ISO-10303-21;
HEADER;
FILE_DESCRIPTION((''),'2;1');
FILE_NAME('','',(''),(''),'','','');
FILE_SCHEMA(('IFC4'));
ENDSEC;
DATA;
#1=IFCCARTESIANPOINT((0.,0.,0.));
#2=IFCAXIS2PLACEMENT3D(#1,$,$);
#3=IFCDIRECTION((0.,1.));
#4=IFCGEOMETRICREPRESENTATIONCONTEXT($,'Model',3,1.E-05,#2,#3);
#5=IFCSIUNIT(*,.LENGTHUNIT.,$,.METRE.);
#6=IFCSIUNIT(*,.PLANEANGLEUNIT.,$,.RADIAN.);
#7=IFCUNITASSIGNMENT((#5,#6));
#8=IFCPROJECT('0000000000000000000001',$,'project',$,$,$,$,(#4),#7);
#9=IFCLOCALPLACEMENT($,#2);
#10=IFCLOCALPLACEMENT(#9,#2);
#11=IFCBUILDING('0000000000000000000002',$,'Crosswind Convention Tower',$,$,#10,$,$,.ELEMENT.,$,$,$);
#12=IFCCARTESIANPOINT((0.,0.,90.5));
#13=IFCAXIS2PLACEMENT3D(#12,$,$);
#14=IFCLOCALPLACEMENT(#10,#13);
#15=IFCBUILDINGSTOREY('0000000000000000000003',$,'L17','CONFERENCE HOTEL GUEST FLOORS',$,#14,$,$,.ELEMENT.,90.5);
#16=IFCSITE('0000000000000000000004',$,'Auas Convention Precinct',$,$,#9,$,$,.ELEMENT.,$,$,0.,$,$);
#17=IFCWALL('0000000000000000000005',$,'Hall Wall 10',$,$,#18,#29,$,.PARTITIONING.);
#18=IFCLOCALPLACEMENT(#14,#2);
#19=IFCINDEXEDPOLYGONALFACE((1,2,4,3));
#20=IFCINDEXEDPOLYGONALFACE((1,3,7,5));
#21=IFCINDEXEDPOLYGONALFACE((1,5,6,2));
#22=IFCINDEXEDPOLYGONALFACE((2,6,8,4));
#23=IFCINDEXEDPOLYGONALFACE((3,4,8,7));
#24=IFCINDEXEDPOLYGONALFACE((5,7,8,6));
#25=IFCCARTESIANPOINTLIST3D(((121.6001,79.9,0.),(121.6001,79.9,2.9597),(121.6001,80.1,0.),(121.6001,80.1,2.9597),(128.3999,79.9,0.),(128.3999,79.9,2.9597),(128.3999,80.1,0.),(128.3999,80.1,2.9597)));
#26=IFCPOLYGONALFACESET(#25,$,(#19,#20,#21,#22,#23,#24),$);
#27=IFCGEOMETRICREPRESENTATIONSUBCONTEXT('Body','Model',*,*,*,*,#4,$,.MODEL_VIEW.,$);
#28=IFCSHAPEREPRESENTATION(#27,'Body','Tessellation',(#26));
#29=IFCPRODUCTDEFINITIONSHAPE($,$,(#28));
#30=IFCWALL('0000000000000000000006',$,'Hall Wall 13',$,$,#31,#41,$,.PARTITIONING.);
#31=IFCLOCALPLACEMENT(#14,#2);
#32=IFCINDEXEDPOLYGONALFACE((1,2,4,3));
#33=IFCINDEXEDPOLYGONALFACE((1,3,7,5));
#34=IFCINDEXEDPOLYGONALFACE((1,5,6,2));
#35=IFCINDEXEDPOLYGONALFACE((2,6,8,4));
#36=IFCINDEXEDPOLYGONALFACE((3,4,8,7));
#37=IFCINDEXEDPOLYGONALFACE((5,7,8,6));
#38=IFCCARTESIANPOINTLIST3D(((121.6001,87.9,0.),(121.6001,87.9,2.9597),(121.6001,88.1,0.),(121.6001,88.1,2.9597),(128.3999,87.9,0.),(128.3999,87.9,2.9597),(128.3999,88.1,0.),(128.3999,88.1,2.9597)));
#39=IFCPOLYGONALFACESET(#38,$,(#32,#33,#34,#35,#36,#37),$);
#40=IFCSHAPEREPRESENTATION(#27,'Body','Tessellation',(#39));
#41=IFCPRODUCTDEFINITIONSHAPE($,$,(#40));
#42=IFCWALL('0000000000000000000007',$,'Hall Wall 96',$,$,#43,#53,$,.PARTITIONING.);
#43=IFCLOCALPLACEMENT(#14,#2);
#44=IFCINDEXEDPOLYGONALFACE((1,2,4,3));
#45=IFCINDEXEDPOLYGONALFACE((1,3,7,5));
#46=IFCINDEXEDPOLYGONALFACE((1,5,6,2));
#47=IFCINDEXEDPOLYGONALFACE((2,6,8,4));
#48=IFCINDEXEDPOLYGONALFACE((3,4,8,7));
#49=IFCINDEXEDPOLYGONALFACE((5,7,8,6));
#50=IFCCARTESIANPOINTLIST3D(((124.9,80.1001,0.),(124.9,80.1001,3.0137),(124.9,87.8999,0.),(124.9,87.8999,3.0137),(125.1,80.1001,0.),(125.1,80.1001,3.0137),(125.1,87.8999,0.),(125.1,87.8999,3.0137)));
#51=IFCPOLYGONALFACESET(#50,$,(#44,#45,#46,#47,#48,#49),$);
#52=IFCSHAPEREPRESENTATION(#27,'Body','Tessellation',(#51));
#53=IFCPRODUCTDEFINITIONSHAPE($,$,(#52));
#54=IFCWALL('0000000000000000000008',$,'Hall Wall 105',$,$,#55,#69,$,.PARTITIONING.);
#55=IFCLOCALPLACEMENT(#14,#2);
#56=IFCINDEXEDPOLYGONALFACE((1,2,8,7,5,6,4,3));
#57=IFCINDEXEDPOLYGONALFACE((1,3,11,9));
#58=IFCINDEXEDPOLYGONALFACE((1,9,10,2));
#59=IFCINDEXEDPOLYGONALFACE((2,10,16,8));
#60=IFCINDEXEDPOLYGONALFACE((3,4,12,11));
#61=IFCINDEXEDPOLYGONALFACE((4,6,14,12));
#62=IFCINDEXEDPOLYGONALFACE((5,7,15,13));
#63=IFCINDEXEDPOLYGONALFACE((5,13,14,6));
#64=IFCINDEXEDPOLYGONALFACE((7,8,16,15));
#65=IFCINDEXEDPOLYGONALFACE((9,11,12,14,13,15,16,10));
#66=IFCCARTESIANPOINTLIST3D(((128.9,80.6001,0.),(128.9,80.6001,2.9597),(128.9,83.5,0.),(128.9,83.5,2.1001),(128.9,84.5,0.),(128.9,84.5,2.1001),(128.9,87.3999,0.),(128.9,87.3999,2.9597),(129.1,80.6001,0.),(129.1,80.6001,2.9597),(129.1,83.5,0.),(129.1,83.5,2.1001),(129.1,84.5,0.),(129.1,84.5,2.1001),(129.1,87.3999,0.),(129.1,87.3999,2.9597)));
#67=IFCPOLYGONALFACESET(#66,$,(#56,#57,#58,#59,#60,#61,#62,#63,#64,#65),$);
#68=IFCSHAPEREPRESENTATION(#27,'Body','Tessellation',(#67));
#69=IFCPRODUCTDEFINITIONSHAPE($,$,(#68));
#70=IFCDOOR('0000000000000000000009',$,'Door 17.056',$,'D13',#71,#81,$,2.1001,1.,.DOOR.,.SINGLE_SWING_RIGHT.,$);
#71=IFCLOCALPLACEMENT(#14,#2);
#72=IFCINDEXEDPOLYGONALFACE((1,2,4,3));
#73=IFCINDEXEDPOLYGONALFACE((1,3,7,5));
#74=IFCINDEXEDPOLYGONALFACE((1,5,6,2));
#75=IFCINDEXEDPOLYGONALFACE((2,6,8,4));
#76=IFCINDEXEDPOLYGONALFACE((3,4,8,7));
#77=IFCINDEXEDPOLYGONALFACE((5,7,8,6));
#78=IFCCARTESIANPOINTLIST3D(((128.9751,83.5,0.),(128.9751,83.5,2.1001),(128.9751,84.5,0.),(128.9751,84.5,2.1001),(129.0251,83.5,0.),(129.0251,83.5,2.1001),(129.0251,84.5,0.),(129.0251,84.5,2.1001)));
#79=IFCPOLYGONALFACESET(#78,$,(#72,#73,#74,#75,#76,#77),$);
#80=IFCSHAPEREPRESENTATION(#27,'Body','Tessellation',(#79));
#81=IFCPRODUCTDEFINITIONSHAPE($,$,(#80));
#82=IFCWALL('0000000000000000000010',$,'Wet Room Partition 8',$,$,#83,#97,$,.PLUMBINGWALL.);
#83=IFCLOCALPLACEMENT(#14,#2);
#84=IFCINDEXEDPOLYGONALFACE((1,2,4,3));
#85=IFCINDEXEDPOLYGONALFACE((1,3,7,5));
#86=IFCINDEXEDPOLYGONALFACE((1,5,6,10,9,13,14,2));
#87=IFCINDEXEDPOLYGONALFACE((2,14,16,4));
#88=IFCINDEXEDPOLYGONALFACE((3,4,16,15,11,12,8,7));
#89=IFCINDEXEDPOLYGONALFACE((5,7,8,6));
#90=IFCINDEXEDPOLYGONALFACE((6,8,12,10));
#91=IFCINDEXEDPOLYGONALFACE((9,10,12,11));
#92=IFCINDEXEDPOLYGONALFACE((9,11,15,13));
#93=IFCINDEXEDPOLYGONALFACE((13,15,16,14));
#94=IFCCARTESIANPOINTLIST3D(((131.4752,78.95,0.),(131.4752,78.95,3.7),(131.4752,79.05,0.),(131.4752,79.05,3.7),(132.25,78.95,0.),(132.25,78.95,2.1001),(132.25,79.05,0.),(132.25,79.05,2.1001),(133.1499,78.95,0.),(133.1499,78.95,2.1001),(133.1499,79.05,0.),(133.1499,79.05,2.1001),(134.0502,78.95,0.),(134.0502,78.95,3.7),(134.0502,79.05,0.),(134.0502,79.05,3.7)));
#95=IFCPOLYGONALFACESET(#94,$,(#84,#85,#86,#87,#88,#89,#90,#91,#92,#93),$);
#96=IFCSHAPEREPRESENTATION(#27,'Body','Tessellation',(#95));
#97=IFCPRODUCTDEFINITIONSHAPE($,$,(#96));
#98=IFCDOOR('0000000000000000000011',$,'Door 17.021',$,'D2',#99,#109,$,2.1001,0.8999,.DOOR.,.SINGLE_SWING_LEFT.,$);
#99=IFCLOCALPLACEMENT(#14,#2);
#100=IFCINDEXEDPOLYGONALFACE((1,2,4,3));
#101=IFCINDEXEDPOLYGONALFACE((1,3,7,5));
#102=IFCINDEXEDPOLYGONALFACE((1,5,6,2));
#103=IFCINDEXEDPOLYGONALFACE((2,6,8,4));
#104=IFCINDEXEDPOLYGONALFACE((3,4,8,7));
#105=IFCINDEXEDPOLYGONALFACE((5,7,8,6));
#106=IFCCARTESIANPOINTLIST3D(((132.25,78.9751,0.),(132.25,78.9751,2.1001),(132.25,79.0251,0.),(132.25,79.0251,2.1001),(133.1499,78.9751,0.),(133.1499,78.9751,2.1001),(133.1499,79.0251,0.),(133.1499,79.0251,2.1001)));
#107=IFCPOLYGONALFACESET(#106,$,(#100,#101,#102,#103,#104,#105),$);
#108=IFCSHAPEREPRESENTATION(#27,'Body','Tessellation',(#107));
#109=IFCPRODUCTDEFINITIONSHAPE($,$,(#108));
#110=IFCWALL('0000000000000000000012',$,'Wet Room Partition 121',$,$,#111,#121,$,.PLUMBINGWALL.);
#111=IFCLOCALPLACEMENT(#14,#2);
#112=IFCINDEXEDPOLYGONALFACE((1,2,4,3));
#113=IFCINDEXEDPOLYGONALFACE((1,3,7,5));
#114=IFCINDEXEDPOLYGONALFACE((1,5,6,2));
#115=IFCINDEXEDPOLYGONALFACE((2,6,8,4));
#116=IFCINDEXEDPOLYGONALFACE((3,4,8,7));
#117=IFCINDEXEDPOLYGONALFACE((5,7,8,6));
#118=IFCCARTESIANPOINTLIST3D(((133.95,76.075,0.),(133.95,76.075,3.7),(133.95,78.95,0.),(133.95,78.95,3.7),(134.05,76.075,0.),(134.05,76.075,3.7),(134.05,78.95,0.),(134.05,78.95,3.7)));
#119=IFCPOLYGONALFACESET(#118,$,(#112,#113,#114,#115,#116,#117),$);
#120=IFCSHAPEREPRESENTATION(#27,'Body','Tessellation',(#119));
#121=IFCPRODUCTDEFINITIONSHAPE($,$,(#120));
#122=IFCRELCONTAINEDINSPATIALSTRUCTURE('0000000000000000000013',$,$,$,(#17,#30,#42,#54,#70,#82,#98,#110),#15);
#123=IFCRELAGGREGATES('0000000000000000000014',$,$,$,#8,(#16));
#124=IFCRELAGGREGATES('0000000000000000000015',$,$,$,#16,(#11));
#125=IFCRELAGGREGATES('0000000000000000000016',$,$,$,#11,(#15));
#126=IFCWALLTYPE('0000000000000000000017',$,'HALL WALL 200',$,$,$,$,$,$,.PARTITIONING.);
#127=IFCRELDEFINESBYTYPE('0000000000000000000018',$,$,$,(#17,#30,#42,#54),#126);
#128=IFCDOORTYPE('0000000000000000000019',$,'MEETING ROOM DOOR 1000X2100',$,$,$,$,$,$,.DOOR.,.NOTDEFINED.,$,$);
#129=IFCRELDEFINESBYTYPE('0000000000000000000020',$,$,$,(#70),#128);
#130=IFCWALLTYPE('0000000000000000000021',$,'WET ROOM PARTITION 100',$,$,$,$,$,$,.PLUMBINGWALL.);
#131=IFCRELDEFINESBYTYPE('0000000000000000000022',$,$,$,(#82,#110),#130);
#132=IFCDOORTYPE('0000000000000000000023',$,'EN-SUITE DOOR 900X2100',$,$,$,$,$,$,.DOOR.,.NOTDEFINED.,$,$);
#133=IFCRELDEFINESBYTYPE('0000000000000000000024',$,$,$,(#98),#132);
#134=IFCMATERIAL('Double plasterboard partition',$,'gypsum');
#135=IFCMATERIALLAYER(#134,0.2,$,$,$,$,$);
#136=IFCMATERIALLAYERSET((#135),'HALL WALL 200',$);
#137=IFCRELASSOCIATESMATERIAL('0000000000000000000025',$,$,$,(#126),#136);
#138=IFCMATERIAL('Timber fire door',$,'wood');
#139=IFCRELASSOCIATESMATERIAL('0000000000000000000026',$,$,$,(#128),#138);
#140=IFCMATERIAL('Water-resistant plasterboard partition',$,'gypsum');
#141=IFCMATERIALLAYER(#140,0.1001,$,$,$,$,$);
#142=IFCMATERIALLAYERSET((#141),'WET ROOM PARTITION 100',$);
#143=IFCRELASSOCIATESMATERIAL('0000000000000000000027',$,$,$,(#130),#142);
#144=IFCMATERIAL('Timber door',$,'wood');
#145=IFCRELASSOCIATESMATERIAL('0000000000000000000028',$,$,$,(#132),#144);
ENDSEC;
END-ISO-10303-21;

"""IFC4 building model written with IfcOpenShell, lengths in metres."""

from ifc_helpers import new_model, si_unit, direction, frame, frame_2d, origin, place, context, subcontext, project, spatial, rectangle, extrude, material, layer, layer_set, type_object, element, fill, save


model = new_model("IFC4")

# Units and contexts
model_context = context("Model", 3, precision=1e-05, world=origin(), true_north=direction((0.0, 1.0)))
body_context = subcontext(model_context, "Body", "Model", "MODEL_VIEW")
ifc_project = project(units=[si_unit("LENGTHUNIT", "METRE"), si_unit("PLANEANGLEUNIT", "RADIAN")], contexts=[model_context])

# Site, building, storey
site_placement = place(None, origin())
site = spatial("IfcSite", under=ifc_project, at=site_placement, Name="Auas Convention Precinct", CompositionType="ELEMENT", RefElevation=0.0)
building_placement = place(site_placement, origin())
building = spatial("IfcBuilding", under=site, at=building_placement, Name="Crosswind Convention Tower", CompositionType="ELEMENT")
storey_placement = place(building_placement, frame((0.0, 0.0, 90.5)))
storey = spatial("IfcBuildingStorey", under=building, at=storey_placement, Name="L17", Description="CONFERENCE HOTEL GUEST FLOORS", CompositionType="ELEMENT", Elevation=90.5)

# Walls
ifc_material_1 = material(Name="Double plasterboard partition", Category="gypsum")
ifc_layer_1 = layer(ifc_material_1, 0.2)
ifc_layer_set_1 = layer_set([ifc_layer_1], Name="HALL WALL 200")
wall_type_1 = type_object("IfcWallType", Name="HALL WALL 200", PredefinedType="PARTITIONING", material=ifc_layer_set_1)
for number, where, z_axis, x_axis, name in (
    (1, (121.6001, 80.0, 0.0), (0.0, 0.0, 1.0), (1.0, 0.0, 0.0), "Hall Wall 10"),
    (2, (121.6001, 88.0, 0.0), (0.0, 0.0, 1.0), (1.0, 0.0, 0.0), "Hall Wall 13"),
):
    element("IfcWall", number, at=place(storey_placement, frame(where, z_axis=z_axis, x_axis=x_axis)), inside=storey, type_object=wall_type_1, Name=name, PredefinedType="PARTITIONING", context=body_context, shape_type="SweptSolid", body=[
        extrude(rectangle(XDim=6.7998, YDim=0.2, at=frame_2d((3.3999, 0.0))), origin(), (0.0, 0.0, 1.0), 2.9597),
    ])
wall_1_placement = place(storey_placement, frame((125.0, 80.1001, 0.0), z_axis=(0.0, 0.0, 1.0), x_axis=(0.0, 1.0, 0.0)))
element("IfcWall", 3, at=wall_1_placement, inside=storey, type_object=wall_type_1, Name="Hall Wall 96", PredefinedType="PARTITIONING", context=body_context, shape_type="SweptSolid", body=[
    extrude(rectangle(XDim=7.7998, YDim=0.2, at=frame_2d((3.8999, 0.0))), origin(), (0.0, 0.0, 1.0), 3.0137),
])

# Walls, openings, doors
wall_2_placement = place(storey_placement, frame((129.0, 80.6001, 0.0), z_axis=(0.0, 0.0, 1.0), x_axis=(0.0, 1.0, 0.0)))
wall_2 = element("IfcWall", 4, at=wall_2_placement, inside=storey, type_object=wall_type_1, Name="Hall Wall 105", PredefinedType="PARTITIONING", context=body_context, shape_type="SweptSolid", body=[
    extrude(rectangle(XDim=6.7998, YDim=0.2, at=frame_2d((3.3999, 0.0))), origin(), (0.0, 0.0, 1.0), 2.9597),
])
opening_1_placement = place(wall_2_placement, frame((2.8999, 0.0, 0.0)))
opening_1 = element("IfcOpeningElement", 5, at=opening_1_placement, cuts=wall_2, PredefinedType="OPENING", context=body_context, shape_type="SweptSolid", body=[
    extrude(rectangle(XDim=1.0, YDim=2.1001, at=frame_2d((0.5, 1.05))), frame((0.0, 0.1099, 0.0), z_axis=(0.0, -1.0, 0.0), x_axis=(1.0, 0.0, 0.0)), (0.0, 0.0, 1.0), 0.22),
])
ifc_material_2 = material(Name="Timber fire door", Category="wood")
door_type_1 = type_object("IfcDoorType", Name="MEETING ROOM DOOR 1000X2100", OperationType="NOTDEFINED", PredefinedType="DOOR", material=ifc_material_2)
door_1_placement = place(opening_1_placement, origin())
door_1 = element("IfcDoor", 6, at=door_1_placement, inside=storey, type_object=door_type_1, Name="Door 17.056", ObjectType="D13", OperationType="SINGLE_SWING_RIGHT", OverallHeight=2.1001, OverallWidth=1.0, PredefinedType="DOOR", context=body_context, shape_type="SweptSolid", body=[
    extrude(rectangle(XDim=1.0, YDim=2.1001, at=frame_2d((0.5, 1.05))), frame((0.0, 0.0249, 0.0), z_axis=(0.0, -1.0, 0.0), x_axis=(1.0, 0.0, 0.0)), (0.0, 0.0, 1.0), 0.05),
])
fill(opening_1, door_1)
ifc_material_3 = material(Name="Water-resistant plasterboard partition", Category="gypsum")
ifc_layer_2 = layer(ifc_material_3, 0.1001)
ifc_layer_set_2 = layer_set([ifc_layer_2], Name="WET ROOM PARTITION 100")
wall_type_2 = type_object("IfcWallType", Name="WET ROOM PARTITION 100", PredefinedType="PLUMBINGWALL", material=ifc_layer_set_2)
wall_3_placement = place(storey_placement, frame((131.4751, 79.0, 0.0), z_axis=(0.0, 0.0, 1.0), x_axis=(1.0, 0.0, 0.0)))
wall_3 = element("IfcWall", 7, at=wall_3_placement, inside=storey, type_object=wall_type_2, Name="Wet Room Partition 8", PredefinedType="PLUMBINGWALL", context=body_context, shape_type="SweptSolid", body=[
    extrude(rectangle(XDim=2.575, YDim=0.1001, at=frame_2d((1.2876, 0.0))), origin(), (0.0, 0.0, 1.0), 3.7),
])
opening_2_placement = place(wall_3_placement, frame((0.7749, 0.0, 0.0)))
opening_2 = element("IfcOpeningElement", 8, at=opening_2_placement, cuts=wall_3, PredefinedType="OPENING", context=body_context, shape_type="SweptSolid", body=[
    extrude(rectangle(XDim=0.8999, YDim=2.1001, at=frame_2d((0.45, 1.05))), frame((0.0, 0.0601, 0.0), z_axis=(0.0, -1.0, 0.0), x_axis=(1.0, 0.0, 0.0)), (0.0, 0.0, 1.0), 0.1201),
])
ifc_material_4 = material(Name="Timber door", Category="wood")
door_type_2 = type_object("IfcDoorType", Name="EN-SUITE DOOR 900X2100", OperationType="NOTDEFINED", PredefinedType="DOOR", material=ifc_material_4)
door_2_placement = place(opening_2_placement, frame((0.8999, 0.0, 0.0), z_axis=(0.0, 0.0, 1.0), x_axis=(-1.0, 0.0, 0.0)))
door_2 = element("IfcDoor", 9, at=door_2_placement, inside=storey, type_object=door_type_2, Name="Door 17.021", ObjectType="D2", OperationType="SINGLE_SWING_LEFT", OverallHeight=2.1001, OverallWidth=0.8999, PredefinedType="DOOR", context=body_context, shape_type="SweptSolid", body=[
    extrude(rectangle(XDim=0.8999, YDim=2.1001, at=frame_2d((0.45, 1.05))), frame((0.0, 0.0249, 0.0), z_axis=(0.0, -1.0, 0.0), x_axis=(1.0, 0.0, 0.0)), (0.0, 0.0, 1.0), 0.05),
])
fill(opening_2, door_2)

# Wall
wall_4_placement = place(storey_placement, frame((134.0, 76.075, 0.0), z_axis=(0.0, 0.0, 1.0), x_axis=(0.0, 1.0, 0.0)))
element("IfcWall", 10, at=wall_4_placement, inside=storey, type_object=wall_type_2, Name="Wet Room Partition 121", PredefinedType="PLUMBINGWALL", context=body_context, shape_type="SweptSolid", body=[
    extrude(rectangle(XDim=2.875, YDim=0.1001, at=frame_2d((1.4375, 0.0))), origin(), (0.0, 0.0, 1.0), 3.7),
])

save(model, "model.ifc")
